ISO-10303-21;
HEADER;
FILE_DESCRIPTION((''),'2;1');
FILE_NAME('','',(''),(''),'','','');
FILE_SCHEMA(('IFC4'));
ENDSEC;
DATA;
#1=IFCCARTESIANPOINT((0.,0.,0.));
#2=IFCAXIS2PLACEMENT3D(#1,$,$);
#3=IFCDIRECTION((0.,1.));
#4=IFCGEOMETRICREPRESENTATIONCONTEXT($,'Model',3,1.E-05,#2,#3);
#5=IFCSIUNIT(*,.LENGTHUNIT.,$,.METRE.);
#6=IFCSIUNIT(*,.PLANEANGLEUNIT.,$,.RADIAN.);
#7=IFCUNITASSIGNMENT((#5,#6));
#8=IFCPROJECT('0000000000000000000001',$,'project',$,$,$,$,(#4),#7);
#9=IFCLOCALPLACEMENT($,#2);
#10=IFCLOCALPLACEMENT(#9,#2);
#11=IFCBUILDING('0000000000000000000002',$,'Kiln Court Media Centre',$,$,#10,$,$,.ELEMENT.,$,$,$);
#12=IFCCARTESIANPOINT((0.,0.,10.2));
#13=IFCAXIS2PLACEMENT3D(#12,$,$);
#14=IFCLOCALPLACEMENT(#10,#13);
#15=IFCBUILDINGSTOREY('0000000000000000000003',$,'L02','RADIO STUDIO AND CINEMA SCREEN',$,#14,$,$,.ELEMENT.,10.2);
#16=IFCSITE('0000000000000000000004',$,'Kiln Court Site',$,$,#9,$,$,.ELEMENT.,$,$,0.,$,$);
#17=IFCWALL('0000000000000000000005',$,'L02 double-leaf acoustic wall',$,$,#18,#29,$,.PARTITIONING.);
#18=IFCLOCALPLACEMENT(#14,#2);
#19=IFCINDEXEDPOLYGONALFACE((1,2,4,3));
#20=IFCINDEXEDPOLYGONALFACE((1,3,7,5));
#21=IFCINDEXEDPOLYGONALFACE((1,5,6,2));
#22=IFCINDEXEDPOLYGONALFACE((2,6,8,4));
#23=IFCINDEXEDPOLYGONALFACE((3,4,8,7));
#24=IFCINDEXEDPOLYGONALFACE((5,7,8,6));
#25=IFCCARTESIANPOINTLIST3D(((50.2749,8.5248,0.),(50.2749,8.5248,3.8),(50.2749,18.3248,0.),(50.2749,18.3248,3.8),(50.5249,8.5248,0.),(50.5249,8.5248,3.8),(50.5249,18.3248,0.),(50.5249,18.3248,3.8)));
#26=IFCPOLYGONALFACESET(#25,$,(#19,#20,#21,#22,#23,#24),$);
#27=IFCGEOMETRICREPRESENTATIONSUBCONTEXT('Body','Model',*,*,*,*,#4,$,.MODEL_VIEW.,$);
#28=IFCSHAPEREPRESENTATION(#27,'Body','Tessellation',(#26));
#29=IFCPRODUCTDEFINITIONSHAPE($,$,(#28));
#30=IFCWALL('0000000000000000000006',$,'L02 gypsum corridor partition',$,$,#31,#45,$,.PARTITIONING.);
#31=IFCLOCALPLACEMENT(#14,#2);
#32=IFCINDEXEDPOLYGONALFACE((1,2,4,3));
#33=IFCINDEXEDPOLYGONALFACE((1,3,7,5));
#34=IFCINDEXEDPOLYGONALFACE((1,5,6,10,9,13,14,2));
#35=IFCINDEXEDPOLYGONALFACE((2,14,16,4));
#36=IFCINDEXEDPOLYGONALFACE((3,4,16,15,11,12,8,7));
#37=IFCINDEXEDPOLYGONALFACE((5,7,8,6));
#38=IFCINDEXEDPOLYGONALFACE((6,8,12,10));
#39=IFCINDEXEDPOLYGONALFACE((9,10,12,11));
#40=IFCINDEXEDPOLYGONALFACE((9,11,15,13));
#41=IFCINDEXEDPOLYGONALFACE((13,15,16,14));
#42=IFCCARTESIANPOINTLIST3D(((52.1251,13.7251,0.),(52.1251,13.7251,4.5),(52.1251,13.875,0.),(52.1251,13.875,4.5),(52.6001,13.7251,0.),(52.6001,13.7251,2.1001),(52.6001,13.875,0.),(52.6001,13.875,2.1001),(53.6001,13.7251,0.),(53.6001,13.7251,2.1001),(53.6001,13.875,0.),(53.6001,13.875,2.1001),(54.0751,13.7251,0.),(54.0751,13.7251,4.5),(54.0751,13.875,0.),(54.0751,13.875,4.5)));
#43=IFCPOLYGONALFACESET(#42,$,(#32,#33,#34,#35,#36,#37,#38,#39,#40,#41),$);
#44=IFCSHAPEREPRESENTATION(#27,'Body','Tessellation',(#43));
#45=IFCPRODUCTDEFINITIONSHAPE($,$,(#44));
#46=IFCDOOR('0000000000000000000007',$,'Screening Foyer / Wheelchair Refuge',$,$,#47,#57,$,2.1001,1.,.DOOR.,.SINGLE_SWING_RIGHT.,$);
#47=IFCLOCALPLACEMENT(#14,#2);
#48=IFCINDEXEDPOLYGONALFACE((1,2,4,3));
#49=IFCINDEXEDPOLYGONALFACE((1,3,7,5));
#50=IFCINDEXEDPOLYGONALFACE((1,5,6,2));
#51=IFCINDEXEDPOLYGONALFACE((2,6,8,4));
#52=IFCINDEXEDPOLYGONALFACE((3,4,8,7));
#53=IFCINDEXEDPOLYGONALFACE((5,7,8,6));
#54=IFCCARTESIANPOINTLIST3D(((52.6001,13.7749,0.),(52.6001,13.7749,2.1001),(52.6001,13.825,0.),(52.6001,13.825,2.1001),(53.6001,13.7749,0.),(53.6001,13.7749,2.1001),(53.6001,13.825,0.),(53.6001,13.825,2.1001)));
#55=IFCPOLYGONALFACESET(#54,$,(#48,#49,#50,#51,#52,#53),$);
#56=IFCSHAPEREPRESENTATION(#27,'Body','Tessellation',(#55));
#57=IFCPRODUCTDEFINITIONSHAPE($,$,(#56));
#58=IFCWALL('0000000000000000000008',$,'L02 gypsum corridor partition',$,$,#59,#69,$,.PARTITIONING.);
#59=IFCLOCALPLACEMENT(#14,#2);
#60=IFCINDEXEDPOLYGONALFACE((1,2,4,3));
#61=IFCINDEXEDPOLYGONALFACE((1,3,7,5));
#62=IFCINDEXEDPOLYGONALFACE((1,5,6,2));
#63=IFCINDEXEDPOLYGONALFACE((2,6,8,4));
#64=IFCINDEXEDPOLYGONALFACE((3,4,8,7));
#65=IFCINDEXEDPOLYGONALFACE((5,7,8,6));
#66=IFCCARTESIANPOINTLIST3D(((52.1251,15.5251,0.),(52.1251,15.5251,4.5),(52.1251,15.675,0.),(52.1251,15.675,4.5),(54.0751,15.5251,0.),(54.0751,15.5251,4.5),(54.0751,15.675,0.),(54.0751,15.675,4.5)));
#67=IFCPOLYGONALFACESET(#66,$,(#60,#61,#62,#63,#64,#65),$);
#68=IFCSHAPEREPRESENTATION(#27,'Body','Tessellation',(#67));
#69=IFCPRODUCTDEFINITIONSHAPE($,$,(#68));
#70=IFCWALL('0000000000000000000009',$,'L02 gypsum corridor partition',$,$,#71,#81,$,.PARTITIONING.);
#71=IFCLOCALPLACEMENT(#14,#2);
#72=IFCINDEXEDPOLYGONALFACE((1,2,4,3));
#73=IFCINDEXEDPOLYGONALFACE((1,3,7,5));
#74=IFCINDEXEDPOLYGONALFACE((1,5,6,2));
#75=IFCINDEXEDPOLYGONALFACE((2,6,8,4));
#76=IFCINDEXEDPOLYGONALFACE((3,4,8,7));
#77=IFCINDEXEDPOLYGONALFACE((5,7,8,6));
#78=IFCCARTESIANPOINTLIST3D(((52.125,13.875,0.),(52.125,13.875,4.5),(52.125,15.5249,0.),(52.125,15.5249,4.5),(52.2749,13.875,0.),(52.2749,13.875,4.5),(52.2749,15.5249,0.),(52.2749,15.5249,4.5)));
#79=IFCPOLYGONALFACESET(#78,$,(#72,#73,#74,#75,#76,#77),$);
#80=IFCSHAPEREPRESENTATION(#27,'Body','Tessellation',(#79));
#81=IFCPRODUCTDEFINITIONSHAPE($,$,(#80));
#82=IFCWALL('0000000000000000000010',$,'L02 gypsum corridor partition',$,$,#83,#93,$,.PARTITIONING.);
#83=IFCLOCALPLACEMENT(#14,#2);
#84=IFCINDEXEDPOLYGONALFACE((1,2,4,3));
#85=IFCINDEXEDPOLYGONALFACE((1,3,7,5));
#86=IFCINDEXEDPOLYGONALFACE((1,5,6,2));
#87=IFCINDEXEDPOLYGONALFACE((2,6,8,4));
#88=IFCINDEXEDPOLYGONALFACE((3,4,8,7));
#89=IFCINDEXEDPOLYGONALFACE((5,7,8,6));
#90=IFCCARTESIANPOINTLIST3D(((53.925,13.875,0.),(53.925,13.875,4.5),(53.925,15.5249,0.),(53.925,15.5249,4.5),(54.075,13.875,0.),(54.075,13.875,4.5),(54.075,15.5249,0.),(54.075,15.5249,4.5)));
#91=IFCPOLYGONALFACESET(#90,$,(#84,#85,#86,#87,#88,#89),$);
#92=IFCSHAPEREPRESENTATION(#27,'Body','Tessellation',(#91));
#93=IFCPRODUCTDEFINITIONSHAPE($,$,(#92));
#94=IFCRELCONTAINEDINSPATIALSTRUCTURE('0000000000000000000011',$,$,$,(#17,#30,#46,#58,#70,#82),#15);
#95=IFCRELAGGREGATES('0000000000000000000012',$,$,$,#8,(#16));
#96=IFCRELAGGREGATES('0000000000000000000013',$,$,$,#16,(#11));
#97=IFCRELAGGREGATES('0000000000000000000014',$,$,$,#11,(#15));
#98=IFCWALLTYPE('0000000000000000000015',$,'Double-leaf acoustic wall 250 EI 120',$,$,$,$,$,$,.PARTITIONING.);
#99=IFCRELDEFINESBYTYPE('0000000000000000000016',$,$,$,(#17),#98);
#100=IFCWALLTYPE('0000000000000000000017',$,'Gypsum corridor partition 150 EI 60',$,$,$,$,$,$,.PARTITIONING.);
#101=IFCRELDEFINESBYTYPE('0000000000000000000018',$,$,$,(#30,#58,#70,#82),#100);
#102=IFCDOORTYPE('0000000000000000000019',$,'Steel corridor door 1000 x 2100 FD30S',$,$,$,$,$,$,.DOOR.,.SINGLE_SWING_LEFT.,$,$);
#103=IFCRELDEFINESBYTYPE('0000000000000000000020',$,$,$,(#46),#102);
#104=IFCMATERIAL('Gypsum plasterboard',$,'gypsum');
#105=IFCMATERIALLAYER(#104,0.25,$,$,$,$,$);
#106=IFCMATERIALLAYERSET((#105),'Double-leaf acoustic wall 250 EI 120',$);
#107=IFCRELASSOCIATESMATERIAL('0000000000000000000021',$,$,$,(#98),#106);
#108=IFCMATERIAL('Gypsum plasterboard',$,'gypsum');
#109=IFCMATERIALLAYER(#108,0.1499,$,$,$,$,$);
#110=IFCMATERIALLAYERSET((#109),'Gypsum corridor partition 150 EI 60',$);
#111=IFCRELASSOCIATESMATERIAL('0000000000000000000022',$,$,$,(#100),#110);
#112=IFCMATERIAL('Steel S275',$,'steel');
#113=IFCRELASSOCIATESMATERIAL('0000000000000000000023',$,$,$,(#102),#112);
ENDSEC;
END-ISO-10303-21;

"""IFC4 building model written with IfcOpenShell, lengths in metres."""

from ifc_helpers import new_model, si_unit, direction, frame, frame_2d, origin, place, context, subcontext, project, spatial, rectangle, extrude, material, layer, layer_set, type_object, element, fill, save


model = new_model("IFC4")

# Units and contexts
model_context = context("Model", 3, precision=1e-05, world=origin(), true_north=direction((0.0, 1.0)))
body_context = subcontext(model_context, "Body", "Model", "MODEL_VIEW")
ifc_project = project(units=[si_unit("LENGTHUNIT", "METRE"), si_unit("PLANEANGLEUNIT", "RADIAN")], contexts=[model_context])

# Site, building, storey
site_placement = place(None, origin())
site = spatial("IfcSite", under=ifc_project, at=site_placement, Name="Kiln Court Site", CompositionType="ELEMENT", RefElevation=0.0)
building_placement = place(site_placement, origin())
building = spatial("IfcBuilding", under=site, at=building_placement, Name="Kiln Court Media Centre", CompositionType="ELEMENT")
storey_placement = place(building_placement, frame((0.0, 0.0, 10.2)))
storey = spatial("IfcBuildingStorey", under=building, at=storey_placement, Name="L02", Description="RADIO STUDIO AND CINEMA SCREEN", CompositionType="ELEMENT", Elevation=10.2)

# Wall
ifc_material_1 = material(Name="Gypsum plasterboard", Category="gypsum")
ifc_layer_1 = layer(ifc_material_1, 0.25)
ifc_layer_set_1 = layer_set([ifc_layer_1], Name="Double-leaf acoustic wall 250 EI 120")
wall_type_1 = type_object("IfcWallType", Name="Double-leaf acoustic wall 250 EI 120", PredefinedType="PARTITIONING", material=ifc_layer_set_1)
wall_1_placement = place(storey_placement, frame((50.3999, 8.5249, 0.0), z_axis=(0.0, 0.0, 1.0), x_axis=(0.0, 1.0, 0.0)))
element("IfcWall", 1, at=wall_1_placement, inside=storey, type_object=wall_type_1, Name="L02 double-leaf acoustic wall", PredefinedType="PARTITIONING", context=body_context, shape_type="SweptSolid", body=[
    extrude(rectangle(XDim=9.8, YDim=0.25, at=frame_2d((4.8999, 0.0))), origin(), (0.0, 0.0, 1.0), 3.8),
])

# Wall, opening, door
ifc_material_2 = material(Name="Gypsum plasterboard", Category="gypsum")
ifc_layer_2 = layer(ifc_material_2, 0.1499)
ifc_layer_set_2 = layer_set([ifc_layer_2], Name="Gypsum corridor partition 150 EI 60")
wall_type_2 = type_object("IfcWallType", Name="Gypsum corridor partition 150 EI 60", PredefinedType="PARTITIONING", material=ifc_layer_set_2)
wall_2_placement = place(storey_placement, frame((52.125, 13.8, 0.0), z_axis=(0.0, 0.0, 1.0), x_axis=(1.0, 0.0, 0.0)))
wall_2 = element("IfcWall", 2, at=wall_2_placement, inside=storey, type_object=wall_type_2, Name="L02 gypsum corridor partition", PredefinedType="PARTITIONING", context=body_context, shape_type="SweptSolid", body=[
    extrude(rectangle(XDim=1.95, YDim=0.1499, at=frame_2d((0.9751, 0.0))), origin(), (0.0, 0.0, 1.0), 4.5),
])
opening_1_placement = place(wall_2_placement, frame((0.4751, 0.0, 0.0)))
opening_1 = element("IfcOpeningElement", 3, at=opening_1_placement, cuts=wall_2, PredefinedType="OPENING", context=body_context, shape_type="SweptSolid", body=[
    extrude(rectangle(XDim=1.0, YDim=2.1001, at=frame_2d((0.5, 1.05))), frame((0.0, 0.085, 0.0), z_axis=(0.0, -1.0, 0.0), x_axis=(1.0, 0.0, 0.0)), (0.0, 0.0, 1.0), 0.1699),
])
ifc_material_3 = material(Name="Steel S275", Category="steel")
door_type_1 = type_object("IfcDoorType", Name="Steel corridor door 1000 x 2100 FD30S", OperationType="SINGLE_SWING_LEFT", PredefinedType="DOOR", material=ifc_material_3)
door_1_placement = place(opening_1_placement, origin())
door_1 = element("IfcDoor", 4, at=door_1_placement, inside=storey, type_object=door_type_1, Name="Screening Foyer / Wheelchair Refuge", OperationType="SINGLE_SWING_RIGHT", OverallHeight=2.1001, OverallWidth=1.0, PredefinedType="DOOR", context=body_context, shape_type="SweptSolid", body=[
    extrude(rectangle(XDim=1.0, YDim=2.1001, at=frame_2d((0.5, 1.05))), frame((0.0, 0.0249, 0.0), z_axis=(0.0, -1.0, 0.0), x_axis=(1.0, 0.0, 0.0)), (0.0, 0.0, 1.0), 0.05),
])
fill(opening_1, door_1)

# Walls
wall_3_placement = place(storey_placement, frame((52.125, 15.6001, 0.0), z_axis=(0.0, 0.0, 1.0), x_axis=(1.0, 0.0, 0.0)))
element("IfcWall", 5, at=wall_3_placement, inside=storey, type_object=wall_type_2, Name="L02 gypsum corridor partition", PredefinedType="PARTITIONING", context=body_context, shape_type="SweptSolid", body=[
    extrude(rectangle(XDim=1.95, YDim=0.1499, at=frame_2d((0.9751, 0.0))), origin(), (0.0, 0.0, 1.0), 4.5),
])
for number, where, z_axis, x_axis, name in (
    (6, (52.2, 13.875, 0.0), (0.0, 0.0, 1.0), (0.0, 1.0, 0.0), "L02 gypsum corridor partition"),
    (7, (54.0, 13.875, 0.0), (0.0, 0.0, 1.0), (0.0, 1.0, 0.0), "L02 gypsum corridor partition"),
):
    element("IfcWall", number, at=place(storey_placement, frame(where, z_axis=z_axis, x_axis=x_axis)), inside=storey, type_object=wall_type_2, Name=name, PredefinedType="PARTITIONING", context=body_context, shape_type="SweptSolid", body=[
        extrude(rectangle(XDim=1.6499, YDim=0.1499, at=frame_2d((0.825, 0.0))), origin(), (0.0, 0.0, 1.0), 4.5),
    ])

save(model, "model.ifc")
